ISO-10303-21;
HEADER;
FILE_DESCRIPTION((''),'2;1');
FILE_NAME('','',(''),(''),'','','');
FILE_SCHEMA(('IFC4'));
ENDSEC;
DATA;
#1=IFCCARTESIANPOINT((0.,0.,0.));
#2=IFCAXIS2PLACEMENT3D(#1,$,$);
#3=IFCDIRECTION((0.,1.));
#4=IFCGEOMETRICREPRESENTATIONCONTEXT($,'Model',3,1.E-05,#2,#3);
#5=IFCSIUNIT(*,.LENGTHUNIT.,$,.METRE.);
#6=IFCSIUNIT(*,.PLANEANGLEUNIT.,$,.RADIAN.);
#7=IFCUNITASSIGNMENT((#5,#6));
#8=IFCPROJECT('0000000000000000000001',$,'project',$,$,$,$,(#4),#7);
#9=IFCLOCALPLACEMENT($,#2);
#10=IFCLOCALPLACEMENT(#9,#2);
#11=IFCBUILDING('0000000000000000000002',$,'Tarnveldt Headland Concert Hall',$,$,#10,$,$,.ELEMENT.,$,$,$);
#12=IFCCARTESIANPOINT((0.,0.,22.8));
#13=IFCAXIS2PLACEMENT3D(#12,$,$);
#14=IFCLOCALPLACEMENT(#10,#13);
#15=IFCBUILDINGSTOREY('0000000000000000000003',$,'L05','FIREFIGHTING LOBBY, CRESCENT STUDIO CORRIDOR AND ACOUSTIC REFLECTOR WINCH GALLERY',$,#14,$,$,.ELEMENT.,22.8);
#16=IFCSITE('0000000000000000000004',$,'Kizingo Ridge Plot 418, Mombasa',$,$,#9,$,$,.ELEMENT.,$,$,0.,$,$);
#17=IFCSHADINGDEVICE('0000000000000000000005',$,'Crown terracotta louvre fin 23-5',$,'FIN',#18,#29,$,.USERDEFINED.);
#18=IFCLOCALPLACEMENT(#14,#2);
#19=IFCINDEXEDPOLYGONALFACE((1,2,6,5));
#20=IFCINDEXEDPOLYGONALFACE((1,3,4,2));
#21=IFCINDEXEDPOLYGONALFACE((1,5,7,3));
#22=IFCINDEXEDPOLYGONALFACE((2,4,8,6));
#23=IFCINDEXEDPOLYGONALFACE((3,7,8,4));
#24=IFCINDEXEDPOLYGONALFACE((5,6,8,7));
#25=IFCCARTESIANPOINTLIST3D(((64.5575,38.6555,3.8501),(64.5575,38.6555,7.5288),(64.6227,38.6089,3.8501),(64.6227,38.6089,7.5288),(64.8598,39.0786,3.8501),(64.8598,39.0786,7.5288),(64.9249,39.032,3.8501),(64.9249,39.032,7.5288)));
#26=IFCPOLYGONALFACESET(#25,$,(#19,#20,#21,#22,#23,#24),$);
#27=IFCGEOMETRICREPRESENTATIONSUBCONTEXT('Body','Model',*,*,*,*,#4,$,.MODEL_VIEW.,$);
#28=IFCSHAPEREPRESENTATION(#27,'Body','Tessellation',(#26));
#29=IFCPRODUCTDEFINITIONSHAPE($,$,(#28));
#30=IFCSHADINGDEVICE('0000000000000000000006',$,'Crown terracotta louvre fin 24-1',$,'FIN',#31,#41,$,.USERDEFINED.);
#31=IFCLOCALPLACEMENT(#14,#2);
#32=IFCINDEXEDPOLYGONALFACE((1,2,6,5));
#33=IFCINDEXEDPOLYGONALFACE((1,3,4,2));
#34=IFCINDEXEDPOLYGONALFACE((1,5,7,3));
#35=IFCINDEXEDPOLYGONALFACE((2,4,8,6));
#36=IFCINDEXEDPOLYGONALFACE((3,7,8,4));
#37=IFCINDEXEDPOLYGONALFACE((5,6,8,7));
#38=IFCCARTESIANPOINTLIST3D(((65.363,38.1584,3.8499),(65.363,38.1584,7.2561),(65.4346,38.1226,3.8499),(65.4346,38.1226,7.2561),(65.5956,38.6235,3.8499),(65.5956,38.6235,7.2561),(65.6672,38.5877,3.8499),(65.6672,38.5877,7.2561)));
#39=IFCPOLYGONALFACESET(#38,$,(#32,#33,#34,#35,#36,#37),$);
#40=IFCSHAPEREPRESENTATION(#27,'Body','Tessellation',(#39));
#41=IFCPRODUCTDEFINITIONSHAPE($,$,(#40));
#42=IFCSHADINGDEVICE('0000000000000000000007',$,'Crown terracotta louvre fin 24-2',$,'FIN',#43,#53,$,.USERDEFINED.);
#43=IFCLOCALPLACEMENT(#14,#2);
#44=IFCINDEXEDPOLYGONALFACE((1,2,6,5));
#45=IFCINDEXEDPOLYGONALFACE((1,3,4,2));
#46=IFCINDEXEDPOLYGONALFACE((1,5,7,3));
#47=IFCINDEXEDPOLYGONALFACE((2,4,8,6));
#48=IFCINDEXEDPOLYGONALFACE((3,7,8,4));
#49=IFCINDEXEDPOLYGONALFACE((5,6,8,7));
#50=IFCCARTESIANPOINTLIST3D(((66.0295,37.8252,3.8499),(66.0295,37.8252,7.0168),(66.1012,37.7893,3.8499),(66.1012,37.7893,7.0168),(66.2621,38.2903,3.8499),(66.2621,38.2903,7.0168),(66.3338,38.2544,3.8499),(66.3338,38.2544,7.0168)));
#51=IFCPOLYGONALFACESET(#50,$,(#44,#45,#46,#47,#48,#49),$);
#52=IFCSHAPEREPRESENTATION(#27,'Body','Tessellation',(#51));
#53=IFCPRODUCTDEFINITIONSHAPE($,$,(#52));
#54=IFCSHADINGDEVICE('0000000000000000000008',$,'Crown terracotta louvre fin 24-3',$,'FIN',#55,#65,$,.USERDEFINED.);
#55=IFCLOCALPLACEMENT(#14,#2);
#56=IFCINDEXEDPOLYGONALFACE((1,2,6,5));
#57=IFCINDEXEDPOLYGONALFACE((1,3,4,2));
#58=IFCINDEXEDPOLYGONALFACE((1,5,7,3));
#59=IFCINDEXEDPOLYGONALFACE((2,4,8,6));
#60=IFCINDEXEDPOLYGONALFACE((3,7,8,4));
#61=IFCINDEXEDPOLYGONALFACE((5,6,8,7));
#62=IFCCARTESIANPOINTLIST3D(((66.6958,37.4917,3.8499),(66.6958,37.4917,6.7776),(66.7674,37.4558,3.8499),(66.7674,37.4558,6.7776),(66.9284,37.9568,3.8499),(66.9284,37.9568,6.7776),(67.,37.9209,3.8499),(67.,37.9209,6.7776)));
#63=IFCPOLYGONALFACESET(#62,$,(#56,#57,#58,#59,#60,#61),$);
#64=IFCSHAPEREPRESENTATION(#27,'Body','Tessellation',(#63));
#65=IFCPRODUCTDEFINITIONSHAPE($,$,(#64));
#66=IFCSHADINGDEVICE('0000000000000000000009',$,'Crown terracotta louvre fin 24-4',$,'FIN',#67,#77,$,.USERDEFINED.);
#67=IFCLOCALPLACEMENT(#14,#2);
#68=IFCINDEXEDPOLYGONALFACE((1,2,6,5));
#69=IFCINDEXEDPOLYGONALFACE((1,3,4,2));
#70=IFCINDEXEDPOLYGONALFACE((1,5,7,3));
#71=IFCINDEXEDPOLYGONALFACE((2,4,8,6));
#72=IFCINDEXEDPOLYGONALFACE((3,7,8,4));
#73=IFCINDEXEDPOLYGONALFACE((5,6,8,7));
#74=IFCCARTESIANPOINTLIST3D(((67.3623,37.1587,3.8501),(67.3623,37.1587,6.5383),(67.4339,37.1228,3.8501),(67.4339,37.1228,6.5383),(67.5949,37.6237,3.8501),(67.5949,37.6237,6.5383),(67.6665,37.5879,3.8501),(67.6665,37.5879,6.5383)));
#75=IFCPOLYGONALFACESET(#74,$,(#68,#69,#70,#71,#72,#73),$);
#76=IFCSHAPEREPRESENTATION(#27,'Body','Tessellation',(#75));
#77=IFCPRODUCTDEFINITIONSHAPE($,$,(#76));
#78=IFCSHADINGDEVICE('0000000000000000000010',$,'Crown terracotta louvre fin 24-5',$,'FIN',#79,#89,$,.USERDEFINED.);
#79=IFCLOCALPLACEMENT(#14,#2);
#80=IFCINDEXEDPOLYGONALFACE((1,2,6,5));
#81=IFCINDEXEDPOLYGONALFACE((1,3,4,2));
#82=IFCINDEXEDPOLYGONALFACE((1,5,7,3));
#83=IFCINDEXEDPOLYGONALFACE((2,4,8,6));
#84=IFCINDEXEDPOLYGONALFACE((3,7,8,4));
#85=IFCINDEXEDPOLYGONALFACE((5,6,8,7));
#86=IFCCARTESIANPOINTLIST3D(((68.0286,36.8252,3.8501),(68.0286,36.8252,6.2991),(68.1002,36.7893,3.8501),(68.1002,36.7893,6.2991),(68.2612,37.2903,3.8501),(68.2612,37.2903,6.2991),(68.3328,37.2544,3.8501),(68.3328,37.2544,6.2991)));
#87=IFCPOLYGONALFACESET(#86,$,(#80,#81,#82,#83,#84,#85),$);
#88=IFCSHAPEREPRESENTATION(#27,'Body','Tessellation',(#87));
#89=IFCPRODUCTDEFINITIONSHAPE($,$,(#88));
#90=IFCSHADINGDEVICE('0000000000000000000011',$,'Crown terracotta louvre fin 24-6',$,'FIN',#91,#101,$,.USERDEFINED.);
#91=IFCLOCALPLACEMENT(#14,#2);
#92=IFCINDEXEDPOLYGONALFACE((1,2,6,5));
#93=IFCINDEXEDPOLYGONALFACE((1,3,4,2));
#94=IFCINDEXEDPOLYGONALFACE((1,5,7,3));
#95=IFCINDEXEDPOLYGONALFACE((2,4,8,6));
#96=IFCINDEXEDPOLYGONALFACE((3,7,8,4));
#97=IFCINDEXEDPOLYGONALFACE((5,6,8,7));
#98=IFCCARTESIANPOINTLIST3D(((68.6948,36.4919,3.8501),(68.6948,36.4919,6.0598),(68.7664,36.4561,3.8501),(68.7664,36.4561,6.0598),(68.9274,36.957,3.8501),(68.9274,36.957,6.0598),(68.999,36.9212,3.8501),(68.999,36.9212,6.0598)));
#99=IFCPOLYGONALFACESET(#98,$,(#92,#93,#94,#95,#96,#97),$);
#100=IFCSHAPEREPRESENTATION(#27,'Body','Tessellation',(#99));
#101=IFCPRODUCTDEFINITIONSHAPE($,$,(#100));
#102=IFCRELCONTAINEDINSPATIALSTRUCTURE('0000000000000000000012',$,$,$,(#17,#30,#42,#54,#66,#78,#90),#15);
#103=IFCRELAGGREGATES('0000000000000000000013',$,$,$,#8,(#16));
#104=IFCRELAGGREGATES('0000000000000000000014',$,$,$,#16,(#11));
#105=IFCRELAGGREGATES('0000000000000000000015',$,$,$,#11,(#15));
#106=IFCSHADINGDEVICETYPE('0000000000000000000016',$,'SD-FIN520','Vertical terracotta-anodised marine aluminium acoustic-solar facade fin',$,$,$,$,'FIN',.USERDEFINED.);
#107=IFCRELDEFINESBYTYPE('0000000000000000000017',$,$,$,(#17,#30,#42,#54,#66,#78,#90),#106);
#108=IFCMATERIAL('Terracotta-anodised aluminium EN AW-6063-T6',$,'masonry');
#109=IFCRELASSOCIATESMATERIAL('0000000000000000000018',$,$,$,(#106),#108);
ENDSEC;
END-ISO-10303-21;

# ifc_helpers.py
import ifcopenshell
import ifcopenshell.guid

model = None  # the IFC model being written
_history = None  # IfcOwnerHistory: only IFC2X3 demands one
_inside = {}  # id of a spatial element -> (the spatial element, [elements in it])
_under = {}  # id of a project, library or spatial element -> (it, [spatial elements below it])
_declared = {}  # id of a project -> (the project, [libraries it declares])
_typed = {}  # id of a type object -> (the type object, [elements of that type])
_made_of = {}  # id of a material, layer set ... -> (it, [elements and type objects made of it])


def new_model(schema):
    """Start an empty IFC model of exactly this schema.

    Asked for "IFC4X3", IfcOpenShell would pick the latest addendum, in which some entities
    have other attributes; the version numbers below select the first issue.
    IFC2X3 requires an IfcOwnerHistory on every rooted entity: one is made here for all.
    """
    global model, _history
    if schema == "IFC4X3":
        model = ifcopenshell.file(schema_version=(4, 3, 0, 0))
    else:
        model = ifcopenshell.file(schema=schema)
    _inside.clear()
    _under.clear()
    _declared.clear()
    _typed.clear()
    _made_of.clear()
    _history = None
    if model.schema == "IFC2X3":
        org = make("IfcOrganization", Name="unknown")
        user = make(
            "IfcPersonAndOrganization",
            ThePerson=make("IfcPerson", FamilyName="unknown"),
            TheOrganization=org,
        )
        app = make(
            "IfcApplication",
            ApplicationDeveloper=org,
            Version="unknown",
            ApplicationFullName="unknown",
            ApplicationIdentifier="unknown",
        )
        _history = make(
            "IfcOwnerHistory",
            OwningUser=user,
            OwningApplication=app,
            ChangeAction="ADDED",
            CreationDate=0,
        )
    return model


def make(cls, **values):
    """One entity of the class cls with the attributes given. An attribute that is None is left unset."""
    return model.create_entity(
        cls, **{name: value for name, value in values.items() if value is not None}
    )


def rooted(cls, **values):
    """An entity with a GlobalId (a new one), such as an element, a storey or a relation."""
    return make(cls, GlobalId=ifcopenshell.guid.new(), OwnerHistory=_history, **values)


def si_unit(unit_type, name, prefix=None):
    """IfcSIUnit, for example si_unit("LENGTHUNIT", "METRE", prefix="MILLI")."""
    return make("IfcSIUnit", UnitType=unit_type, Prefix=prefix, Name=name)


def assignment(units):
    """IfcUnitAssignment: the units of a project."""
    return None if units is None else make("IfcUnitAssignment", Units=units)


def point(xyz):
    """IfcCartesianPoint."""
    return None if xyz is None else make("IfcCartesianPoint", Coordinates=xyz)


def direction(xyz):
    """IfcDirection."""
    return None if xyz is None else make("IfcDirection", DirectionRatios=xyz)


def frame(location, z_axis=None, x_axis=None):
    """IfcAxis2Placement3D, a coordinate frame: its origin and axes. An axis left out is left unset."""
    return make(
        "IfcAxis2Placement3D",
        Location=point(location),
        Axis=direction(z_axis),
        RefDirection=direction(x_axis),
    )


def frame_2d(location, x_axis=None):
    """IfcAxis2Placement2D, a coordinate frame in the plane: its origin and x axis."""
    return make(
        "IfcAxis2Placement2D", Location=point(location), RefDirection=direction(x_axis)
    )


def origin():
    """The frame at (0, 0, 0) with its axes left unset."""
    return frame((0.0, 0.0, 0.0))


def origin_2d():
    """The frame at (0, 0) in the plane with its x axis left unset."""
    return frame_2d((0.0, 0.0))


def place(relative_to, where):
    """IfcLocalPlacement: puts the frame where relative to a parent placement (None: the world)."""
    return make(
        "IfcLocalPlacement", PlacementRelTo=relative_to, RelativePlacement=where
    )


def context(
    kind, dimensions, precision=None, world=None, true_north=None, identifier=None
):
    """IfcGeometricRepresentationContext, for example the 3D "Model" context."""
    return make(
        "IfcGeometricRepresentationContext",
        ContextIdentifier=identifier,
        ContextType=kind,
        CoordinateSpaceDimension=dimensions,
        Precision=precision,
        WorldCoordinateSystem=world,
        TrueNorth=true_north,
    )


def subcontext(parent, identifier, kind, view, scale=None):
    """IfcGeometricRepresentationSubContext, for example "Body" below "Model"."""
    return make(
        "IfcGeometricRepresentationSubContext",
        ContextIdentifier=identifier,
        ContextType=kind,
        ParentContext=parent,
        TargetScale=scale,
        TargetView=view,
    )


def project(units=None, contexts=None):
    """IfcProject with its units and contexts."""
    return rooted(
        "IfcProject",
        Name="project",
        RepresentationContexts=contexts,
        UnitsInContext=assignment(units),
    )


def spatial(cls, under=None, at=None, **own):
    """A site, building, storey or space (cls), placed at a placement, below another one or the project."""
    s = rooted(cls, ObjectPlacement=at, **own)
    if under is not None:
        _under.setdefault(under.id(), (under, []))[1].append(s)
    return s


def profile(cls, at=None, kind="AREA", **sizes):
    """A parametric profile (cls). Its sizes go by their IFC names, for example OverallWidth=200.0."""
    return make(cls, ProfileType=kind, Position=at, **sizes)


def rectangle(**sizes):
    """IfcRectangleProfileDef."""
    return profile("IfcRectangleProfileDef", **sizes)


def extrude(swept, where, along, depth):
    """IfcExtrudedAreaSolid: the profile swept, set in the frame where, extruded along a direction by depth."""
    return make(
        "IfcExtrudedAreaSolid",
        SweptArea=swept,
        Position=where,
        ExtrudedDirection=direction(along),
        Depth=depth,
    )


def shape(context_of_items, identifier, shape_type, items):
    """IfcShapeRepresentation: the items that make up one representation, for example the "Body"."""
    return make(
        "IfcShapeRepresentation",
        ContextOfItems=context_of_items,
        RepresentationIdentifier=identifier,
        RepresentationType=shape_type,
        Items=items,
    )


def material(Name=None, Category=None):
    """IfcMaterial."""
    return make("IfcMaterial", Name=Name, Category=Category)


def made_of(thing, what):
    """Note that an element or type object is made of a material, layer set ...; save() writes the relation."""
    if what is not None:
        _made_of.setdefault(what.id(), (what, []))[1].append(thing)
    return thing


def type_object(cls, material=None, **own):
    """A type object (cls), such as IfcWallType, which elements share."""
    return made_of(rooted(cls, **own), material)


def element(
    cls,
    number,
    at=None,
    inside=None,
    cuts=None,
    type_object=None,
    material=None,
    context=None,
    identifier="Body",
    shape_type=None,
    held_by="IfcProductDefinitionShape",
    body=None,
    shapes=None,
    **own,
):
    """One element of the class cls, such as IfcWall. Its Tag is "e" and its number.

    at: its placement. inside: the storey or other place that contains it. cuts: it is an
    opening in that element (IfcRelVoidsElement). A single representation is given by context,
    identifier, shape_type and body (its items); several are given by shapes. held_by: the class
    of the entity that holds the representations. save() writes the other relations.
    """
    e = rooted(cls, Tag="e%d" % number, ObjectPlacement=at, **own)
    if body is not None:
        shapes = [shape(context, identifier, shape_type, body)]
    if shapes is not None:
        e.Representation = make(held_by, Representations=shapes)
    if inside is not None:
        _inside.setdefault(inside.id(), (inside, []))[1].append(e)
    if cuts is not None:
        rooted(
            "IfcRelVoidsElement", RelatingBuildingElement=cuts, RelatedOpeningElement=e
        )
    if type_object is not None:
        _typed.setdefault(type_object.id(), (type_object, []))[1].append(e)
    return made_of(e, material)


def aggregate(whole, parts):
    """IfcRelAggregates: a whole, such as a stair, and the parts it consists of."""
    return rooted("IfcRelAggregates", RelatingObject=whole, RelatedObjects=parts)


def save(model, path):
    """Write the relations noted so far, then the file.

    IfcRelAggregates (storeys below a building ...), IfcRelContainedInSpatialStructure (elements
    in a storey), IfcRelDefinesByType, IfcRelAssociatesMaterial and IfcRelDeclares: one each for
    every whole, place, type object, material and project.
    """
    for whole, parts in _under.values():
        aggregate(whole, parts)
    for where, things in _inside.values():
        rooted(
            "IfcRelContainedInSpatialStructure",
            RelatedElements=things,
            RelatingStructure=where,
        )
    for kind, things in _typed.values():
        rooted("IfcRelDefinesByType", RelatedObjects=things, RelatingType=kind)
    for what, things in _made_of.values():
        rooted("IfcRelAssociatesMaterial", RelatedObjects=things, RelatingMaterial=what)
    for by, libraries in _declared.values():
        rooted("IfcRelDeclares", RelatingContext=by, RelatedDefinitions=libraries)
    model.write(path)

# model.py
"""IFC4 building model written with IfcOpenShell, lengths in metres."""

from ifc_helpers import new_model, si_unit, direction, frame, origin, origin_2d, place, context, subcontext, project, spatial, rectangle, extrude, material, type_object, element, save


model = new_model("IFC4")

# Units and contexts
model_context = context("Model", 3, precision=1e-05, world=origin(), true_north=direction((0.0, 1.0)))
body_context = subcontext(model_context, "Body", "Model", "MODEL_VIEW")
ifc_project = project(units=[si_unit("LENGTHUNIT", "METRE"), si_unit("PLANEANGLEUNIT", "RADIAN")], contexts=[model_context])

# Site, building, storey
site_placement = place(None, origin())
site = spatial("IfcSite", under=ifc_project, at=site_placement, Name="Kizingo Ridge Plot 418, Mombasa", CompositionType="ELEMENT", RefElevation=0.0)
building_placement = place(site_placement, origin())
building = spatial("IfcBuilding", under=site, at=building_placement, Name="Tarnveldt Headland Concert Hall", CompositionType="ELEMENT")
storey_placement = place(building_placement, frame((0.0, 0.0, 22.8)))
storey = spatial("IfcBuildingStorey", under=building, at=storey_placement, Name="L05", Description="FIREFIGHTING LOBBY, CRESCENT STUDIO CORRIDOR AND ACOUSTIC REFLECTOR WINCH GALLERY", CompositionType="ELEMENT", Elevation=22.8)

# Shading devices
ifc_material_1 = material(Name="Terracotta-anodised aluminium EN AW-6063-T6", Category="masonry")
shading_device_type = type_object("IfcShadingDeviceType", Name="SD-FIN520", Description="Vertical terracotta-anodised marine aluminium acoustic-solar facade fin", ElementType="FIN", PredefinedType="USERDEFINED", material=ifc_material_1)
shading_device_1_placement = place(storey_placement, frame((64.7412, 38.8438, 3.8501), z_axis=(0.0, 0.0, 1.0), x_axis=(-0.581271, -0.81371, 0.0)))
element("IfcShadingDevice", 1, at=shading_device_1_placement, inside=storey, type_object=shading_device_type, Name="Crown terracotta louvre fin 23-5", ObjectType="FIN", PredefinedType="USERDEFINED", context=body_context, shape_type="SweptSolid", body=[
    extrude(rectangle(XDim=0.52, YDim=0.0801, at=origin_2d()), origin(), (0.0, 0.0, 1.0), 3.6787),
])
shading_device_2_placement = place(storey_placement, frame((65.5151, 38.373, 3.8499), z_axis=(0.0, 0.0, 1.0), x_axis=(-0.447291, -0.894389, 0.0)))
element("IfcShadingDevice", 2, at=shading_device_2_placement, inside=storey, type_object=shading_device_type, Name="Crown terracotta louvre fin 24-1", ObjectType="FIN", PredefinedType="USERDEFINED", context=body_context, shape_type="SweptSolid", body=[
    extrude(rectangle(XDim=0.52, YDim=0.0801, at=origin_2d()), origin(), (0.0, 0.0, 1.0), 3.4062),
])
shading_device_3_placement = place(storey_placement, frame((66.1816, 38.0398, 3.8499), z_axis=(0.0, 0.0, 1.0), x_axis=(-0.447291, -0.894389, 0.0)))
element("IfcShadingDevice", 3, at=shading_device_3_placement, inside=storey, type_object=shading_device_type, Name="Crown terracotta louvre fin 24-2", ObjectType="FIN", PredefinedType="USERDEFINED", context=body_context, shape_type="SweptSolid", body=[
    extrude(rectangle(XDim=0.52, YDim=0.0801, at=origin_2d()), origin(), (0.0, 0.0, 1.0), 3.167),
])
shading_device_4_placement = place(storey_placement, frame((66.8479, 37.7063, 3.8499), z_axis=(0.0, 0.0, 1.0), x_axis=(-0.447291, -0.894389, 0.0)))
element("IfcShadingDevice", 4, at=shading_device_4_placement, inside=storey, type_object=shading_device_type, Name="Crown terracotta louvre fin 24-3", ObjectType="FIN", PredefinedType="USERDEFINED", context=body_context, shape_type="SweptSolid", body=[
    extrude(rectangle(XDim=0.52, YDim=0.0801, at=origin_2d()), origin(), (0.0, 0.0, 1.0), 2.9277),
])
shading_device_5_placement = place(storey_placement, frame((67.5144, 37.3733, 3.8501), z_axis=(0.0, 0.0, 1.0), x_axis=(-0.447291, -0.894389, 0.0)))
element("IfcShadingDevice", 5, at=shading_device_5_placement, inside=storey, type_object=shading_device_type, Name="Crown terracotta louvre fin 24-4", ObjectType="FIN", PredefinedType="USERDEFINED", context=body_context, shape_type="SweptSolid", body=[
    extrude(rectangle(XDim=0.52, YDim=0.0801, at=origin_2d()), origin(), (0.0, 0.0, 1.0), 2.6882),
])
shading_device_6_placement = place(storey_placement, frame((68.1807, 37.0398, 3.8501), z_axis=(0.0, 0.0, 1.0), x_axis=(-0.447291, -0.894389, 0.0)))
element("IfcShadingDevice", 6, at=shading_device_6_placement, inside=storey, type_object=shading_device_type, Name="Crown terracotta louvre fin 24-5", ObjectType="FIN", PredefinedType="USERDEFINED", context=body_context, shape_type="SweptSolid", body=[
    extrude(rectangle(XDim=0.52, YDim=0.0801, at=origin_2d()), origin(), (0.0, 0.0, 1.0), 2.449),
])
shading_device_7_placement = place(storey_placement, frame((68.8469, 36.7065, 3.8501), z_axis=(0.0, 0.0, 1.0), x_axis=(-0.447291, -0.894389, 0.0)))
element("IfcShadingDevice", 7, at=shading_device_7_placement, inside=storey, type_object=shading_device_type, Name="Crown terracotta louvre fin 24-6", ObjectType="FIN", PredefinedType="USERDEFINED", context=body_context, shape_type="SweptSolid", body=[
    extrude(rectangle(XDim=0.52, YDim=0.0801, at=origin_2d()), origin(), (0.0, 0.0, 1.0), 2.2097),
])

save(model, "model.ifc")
